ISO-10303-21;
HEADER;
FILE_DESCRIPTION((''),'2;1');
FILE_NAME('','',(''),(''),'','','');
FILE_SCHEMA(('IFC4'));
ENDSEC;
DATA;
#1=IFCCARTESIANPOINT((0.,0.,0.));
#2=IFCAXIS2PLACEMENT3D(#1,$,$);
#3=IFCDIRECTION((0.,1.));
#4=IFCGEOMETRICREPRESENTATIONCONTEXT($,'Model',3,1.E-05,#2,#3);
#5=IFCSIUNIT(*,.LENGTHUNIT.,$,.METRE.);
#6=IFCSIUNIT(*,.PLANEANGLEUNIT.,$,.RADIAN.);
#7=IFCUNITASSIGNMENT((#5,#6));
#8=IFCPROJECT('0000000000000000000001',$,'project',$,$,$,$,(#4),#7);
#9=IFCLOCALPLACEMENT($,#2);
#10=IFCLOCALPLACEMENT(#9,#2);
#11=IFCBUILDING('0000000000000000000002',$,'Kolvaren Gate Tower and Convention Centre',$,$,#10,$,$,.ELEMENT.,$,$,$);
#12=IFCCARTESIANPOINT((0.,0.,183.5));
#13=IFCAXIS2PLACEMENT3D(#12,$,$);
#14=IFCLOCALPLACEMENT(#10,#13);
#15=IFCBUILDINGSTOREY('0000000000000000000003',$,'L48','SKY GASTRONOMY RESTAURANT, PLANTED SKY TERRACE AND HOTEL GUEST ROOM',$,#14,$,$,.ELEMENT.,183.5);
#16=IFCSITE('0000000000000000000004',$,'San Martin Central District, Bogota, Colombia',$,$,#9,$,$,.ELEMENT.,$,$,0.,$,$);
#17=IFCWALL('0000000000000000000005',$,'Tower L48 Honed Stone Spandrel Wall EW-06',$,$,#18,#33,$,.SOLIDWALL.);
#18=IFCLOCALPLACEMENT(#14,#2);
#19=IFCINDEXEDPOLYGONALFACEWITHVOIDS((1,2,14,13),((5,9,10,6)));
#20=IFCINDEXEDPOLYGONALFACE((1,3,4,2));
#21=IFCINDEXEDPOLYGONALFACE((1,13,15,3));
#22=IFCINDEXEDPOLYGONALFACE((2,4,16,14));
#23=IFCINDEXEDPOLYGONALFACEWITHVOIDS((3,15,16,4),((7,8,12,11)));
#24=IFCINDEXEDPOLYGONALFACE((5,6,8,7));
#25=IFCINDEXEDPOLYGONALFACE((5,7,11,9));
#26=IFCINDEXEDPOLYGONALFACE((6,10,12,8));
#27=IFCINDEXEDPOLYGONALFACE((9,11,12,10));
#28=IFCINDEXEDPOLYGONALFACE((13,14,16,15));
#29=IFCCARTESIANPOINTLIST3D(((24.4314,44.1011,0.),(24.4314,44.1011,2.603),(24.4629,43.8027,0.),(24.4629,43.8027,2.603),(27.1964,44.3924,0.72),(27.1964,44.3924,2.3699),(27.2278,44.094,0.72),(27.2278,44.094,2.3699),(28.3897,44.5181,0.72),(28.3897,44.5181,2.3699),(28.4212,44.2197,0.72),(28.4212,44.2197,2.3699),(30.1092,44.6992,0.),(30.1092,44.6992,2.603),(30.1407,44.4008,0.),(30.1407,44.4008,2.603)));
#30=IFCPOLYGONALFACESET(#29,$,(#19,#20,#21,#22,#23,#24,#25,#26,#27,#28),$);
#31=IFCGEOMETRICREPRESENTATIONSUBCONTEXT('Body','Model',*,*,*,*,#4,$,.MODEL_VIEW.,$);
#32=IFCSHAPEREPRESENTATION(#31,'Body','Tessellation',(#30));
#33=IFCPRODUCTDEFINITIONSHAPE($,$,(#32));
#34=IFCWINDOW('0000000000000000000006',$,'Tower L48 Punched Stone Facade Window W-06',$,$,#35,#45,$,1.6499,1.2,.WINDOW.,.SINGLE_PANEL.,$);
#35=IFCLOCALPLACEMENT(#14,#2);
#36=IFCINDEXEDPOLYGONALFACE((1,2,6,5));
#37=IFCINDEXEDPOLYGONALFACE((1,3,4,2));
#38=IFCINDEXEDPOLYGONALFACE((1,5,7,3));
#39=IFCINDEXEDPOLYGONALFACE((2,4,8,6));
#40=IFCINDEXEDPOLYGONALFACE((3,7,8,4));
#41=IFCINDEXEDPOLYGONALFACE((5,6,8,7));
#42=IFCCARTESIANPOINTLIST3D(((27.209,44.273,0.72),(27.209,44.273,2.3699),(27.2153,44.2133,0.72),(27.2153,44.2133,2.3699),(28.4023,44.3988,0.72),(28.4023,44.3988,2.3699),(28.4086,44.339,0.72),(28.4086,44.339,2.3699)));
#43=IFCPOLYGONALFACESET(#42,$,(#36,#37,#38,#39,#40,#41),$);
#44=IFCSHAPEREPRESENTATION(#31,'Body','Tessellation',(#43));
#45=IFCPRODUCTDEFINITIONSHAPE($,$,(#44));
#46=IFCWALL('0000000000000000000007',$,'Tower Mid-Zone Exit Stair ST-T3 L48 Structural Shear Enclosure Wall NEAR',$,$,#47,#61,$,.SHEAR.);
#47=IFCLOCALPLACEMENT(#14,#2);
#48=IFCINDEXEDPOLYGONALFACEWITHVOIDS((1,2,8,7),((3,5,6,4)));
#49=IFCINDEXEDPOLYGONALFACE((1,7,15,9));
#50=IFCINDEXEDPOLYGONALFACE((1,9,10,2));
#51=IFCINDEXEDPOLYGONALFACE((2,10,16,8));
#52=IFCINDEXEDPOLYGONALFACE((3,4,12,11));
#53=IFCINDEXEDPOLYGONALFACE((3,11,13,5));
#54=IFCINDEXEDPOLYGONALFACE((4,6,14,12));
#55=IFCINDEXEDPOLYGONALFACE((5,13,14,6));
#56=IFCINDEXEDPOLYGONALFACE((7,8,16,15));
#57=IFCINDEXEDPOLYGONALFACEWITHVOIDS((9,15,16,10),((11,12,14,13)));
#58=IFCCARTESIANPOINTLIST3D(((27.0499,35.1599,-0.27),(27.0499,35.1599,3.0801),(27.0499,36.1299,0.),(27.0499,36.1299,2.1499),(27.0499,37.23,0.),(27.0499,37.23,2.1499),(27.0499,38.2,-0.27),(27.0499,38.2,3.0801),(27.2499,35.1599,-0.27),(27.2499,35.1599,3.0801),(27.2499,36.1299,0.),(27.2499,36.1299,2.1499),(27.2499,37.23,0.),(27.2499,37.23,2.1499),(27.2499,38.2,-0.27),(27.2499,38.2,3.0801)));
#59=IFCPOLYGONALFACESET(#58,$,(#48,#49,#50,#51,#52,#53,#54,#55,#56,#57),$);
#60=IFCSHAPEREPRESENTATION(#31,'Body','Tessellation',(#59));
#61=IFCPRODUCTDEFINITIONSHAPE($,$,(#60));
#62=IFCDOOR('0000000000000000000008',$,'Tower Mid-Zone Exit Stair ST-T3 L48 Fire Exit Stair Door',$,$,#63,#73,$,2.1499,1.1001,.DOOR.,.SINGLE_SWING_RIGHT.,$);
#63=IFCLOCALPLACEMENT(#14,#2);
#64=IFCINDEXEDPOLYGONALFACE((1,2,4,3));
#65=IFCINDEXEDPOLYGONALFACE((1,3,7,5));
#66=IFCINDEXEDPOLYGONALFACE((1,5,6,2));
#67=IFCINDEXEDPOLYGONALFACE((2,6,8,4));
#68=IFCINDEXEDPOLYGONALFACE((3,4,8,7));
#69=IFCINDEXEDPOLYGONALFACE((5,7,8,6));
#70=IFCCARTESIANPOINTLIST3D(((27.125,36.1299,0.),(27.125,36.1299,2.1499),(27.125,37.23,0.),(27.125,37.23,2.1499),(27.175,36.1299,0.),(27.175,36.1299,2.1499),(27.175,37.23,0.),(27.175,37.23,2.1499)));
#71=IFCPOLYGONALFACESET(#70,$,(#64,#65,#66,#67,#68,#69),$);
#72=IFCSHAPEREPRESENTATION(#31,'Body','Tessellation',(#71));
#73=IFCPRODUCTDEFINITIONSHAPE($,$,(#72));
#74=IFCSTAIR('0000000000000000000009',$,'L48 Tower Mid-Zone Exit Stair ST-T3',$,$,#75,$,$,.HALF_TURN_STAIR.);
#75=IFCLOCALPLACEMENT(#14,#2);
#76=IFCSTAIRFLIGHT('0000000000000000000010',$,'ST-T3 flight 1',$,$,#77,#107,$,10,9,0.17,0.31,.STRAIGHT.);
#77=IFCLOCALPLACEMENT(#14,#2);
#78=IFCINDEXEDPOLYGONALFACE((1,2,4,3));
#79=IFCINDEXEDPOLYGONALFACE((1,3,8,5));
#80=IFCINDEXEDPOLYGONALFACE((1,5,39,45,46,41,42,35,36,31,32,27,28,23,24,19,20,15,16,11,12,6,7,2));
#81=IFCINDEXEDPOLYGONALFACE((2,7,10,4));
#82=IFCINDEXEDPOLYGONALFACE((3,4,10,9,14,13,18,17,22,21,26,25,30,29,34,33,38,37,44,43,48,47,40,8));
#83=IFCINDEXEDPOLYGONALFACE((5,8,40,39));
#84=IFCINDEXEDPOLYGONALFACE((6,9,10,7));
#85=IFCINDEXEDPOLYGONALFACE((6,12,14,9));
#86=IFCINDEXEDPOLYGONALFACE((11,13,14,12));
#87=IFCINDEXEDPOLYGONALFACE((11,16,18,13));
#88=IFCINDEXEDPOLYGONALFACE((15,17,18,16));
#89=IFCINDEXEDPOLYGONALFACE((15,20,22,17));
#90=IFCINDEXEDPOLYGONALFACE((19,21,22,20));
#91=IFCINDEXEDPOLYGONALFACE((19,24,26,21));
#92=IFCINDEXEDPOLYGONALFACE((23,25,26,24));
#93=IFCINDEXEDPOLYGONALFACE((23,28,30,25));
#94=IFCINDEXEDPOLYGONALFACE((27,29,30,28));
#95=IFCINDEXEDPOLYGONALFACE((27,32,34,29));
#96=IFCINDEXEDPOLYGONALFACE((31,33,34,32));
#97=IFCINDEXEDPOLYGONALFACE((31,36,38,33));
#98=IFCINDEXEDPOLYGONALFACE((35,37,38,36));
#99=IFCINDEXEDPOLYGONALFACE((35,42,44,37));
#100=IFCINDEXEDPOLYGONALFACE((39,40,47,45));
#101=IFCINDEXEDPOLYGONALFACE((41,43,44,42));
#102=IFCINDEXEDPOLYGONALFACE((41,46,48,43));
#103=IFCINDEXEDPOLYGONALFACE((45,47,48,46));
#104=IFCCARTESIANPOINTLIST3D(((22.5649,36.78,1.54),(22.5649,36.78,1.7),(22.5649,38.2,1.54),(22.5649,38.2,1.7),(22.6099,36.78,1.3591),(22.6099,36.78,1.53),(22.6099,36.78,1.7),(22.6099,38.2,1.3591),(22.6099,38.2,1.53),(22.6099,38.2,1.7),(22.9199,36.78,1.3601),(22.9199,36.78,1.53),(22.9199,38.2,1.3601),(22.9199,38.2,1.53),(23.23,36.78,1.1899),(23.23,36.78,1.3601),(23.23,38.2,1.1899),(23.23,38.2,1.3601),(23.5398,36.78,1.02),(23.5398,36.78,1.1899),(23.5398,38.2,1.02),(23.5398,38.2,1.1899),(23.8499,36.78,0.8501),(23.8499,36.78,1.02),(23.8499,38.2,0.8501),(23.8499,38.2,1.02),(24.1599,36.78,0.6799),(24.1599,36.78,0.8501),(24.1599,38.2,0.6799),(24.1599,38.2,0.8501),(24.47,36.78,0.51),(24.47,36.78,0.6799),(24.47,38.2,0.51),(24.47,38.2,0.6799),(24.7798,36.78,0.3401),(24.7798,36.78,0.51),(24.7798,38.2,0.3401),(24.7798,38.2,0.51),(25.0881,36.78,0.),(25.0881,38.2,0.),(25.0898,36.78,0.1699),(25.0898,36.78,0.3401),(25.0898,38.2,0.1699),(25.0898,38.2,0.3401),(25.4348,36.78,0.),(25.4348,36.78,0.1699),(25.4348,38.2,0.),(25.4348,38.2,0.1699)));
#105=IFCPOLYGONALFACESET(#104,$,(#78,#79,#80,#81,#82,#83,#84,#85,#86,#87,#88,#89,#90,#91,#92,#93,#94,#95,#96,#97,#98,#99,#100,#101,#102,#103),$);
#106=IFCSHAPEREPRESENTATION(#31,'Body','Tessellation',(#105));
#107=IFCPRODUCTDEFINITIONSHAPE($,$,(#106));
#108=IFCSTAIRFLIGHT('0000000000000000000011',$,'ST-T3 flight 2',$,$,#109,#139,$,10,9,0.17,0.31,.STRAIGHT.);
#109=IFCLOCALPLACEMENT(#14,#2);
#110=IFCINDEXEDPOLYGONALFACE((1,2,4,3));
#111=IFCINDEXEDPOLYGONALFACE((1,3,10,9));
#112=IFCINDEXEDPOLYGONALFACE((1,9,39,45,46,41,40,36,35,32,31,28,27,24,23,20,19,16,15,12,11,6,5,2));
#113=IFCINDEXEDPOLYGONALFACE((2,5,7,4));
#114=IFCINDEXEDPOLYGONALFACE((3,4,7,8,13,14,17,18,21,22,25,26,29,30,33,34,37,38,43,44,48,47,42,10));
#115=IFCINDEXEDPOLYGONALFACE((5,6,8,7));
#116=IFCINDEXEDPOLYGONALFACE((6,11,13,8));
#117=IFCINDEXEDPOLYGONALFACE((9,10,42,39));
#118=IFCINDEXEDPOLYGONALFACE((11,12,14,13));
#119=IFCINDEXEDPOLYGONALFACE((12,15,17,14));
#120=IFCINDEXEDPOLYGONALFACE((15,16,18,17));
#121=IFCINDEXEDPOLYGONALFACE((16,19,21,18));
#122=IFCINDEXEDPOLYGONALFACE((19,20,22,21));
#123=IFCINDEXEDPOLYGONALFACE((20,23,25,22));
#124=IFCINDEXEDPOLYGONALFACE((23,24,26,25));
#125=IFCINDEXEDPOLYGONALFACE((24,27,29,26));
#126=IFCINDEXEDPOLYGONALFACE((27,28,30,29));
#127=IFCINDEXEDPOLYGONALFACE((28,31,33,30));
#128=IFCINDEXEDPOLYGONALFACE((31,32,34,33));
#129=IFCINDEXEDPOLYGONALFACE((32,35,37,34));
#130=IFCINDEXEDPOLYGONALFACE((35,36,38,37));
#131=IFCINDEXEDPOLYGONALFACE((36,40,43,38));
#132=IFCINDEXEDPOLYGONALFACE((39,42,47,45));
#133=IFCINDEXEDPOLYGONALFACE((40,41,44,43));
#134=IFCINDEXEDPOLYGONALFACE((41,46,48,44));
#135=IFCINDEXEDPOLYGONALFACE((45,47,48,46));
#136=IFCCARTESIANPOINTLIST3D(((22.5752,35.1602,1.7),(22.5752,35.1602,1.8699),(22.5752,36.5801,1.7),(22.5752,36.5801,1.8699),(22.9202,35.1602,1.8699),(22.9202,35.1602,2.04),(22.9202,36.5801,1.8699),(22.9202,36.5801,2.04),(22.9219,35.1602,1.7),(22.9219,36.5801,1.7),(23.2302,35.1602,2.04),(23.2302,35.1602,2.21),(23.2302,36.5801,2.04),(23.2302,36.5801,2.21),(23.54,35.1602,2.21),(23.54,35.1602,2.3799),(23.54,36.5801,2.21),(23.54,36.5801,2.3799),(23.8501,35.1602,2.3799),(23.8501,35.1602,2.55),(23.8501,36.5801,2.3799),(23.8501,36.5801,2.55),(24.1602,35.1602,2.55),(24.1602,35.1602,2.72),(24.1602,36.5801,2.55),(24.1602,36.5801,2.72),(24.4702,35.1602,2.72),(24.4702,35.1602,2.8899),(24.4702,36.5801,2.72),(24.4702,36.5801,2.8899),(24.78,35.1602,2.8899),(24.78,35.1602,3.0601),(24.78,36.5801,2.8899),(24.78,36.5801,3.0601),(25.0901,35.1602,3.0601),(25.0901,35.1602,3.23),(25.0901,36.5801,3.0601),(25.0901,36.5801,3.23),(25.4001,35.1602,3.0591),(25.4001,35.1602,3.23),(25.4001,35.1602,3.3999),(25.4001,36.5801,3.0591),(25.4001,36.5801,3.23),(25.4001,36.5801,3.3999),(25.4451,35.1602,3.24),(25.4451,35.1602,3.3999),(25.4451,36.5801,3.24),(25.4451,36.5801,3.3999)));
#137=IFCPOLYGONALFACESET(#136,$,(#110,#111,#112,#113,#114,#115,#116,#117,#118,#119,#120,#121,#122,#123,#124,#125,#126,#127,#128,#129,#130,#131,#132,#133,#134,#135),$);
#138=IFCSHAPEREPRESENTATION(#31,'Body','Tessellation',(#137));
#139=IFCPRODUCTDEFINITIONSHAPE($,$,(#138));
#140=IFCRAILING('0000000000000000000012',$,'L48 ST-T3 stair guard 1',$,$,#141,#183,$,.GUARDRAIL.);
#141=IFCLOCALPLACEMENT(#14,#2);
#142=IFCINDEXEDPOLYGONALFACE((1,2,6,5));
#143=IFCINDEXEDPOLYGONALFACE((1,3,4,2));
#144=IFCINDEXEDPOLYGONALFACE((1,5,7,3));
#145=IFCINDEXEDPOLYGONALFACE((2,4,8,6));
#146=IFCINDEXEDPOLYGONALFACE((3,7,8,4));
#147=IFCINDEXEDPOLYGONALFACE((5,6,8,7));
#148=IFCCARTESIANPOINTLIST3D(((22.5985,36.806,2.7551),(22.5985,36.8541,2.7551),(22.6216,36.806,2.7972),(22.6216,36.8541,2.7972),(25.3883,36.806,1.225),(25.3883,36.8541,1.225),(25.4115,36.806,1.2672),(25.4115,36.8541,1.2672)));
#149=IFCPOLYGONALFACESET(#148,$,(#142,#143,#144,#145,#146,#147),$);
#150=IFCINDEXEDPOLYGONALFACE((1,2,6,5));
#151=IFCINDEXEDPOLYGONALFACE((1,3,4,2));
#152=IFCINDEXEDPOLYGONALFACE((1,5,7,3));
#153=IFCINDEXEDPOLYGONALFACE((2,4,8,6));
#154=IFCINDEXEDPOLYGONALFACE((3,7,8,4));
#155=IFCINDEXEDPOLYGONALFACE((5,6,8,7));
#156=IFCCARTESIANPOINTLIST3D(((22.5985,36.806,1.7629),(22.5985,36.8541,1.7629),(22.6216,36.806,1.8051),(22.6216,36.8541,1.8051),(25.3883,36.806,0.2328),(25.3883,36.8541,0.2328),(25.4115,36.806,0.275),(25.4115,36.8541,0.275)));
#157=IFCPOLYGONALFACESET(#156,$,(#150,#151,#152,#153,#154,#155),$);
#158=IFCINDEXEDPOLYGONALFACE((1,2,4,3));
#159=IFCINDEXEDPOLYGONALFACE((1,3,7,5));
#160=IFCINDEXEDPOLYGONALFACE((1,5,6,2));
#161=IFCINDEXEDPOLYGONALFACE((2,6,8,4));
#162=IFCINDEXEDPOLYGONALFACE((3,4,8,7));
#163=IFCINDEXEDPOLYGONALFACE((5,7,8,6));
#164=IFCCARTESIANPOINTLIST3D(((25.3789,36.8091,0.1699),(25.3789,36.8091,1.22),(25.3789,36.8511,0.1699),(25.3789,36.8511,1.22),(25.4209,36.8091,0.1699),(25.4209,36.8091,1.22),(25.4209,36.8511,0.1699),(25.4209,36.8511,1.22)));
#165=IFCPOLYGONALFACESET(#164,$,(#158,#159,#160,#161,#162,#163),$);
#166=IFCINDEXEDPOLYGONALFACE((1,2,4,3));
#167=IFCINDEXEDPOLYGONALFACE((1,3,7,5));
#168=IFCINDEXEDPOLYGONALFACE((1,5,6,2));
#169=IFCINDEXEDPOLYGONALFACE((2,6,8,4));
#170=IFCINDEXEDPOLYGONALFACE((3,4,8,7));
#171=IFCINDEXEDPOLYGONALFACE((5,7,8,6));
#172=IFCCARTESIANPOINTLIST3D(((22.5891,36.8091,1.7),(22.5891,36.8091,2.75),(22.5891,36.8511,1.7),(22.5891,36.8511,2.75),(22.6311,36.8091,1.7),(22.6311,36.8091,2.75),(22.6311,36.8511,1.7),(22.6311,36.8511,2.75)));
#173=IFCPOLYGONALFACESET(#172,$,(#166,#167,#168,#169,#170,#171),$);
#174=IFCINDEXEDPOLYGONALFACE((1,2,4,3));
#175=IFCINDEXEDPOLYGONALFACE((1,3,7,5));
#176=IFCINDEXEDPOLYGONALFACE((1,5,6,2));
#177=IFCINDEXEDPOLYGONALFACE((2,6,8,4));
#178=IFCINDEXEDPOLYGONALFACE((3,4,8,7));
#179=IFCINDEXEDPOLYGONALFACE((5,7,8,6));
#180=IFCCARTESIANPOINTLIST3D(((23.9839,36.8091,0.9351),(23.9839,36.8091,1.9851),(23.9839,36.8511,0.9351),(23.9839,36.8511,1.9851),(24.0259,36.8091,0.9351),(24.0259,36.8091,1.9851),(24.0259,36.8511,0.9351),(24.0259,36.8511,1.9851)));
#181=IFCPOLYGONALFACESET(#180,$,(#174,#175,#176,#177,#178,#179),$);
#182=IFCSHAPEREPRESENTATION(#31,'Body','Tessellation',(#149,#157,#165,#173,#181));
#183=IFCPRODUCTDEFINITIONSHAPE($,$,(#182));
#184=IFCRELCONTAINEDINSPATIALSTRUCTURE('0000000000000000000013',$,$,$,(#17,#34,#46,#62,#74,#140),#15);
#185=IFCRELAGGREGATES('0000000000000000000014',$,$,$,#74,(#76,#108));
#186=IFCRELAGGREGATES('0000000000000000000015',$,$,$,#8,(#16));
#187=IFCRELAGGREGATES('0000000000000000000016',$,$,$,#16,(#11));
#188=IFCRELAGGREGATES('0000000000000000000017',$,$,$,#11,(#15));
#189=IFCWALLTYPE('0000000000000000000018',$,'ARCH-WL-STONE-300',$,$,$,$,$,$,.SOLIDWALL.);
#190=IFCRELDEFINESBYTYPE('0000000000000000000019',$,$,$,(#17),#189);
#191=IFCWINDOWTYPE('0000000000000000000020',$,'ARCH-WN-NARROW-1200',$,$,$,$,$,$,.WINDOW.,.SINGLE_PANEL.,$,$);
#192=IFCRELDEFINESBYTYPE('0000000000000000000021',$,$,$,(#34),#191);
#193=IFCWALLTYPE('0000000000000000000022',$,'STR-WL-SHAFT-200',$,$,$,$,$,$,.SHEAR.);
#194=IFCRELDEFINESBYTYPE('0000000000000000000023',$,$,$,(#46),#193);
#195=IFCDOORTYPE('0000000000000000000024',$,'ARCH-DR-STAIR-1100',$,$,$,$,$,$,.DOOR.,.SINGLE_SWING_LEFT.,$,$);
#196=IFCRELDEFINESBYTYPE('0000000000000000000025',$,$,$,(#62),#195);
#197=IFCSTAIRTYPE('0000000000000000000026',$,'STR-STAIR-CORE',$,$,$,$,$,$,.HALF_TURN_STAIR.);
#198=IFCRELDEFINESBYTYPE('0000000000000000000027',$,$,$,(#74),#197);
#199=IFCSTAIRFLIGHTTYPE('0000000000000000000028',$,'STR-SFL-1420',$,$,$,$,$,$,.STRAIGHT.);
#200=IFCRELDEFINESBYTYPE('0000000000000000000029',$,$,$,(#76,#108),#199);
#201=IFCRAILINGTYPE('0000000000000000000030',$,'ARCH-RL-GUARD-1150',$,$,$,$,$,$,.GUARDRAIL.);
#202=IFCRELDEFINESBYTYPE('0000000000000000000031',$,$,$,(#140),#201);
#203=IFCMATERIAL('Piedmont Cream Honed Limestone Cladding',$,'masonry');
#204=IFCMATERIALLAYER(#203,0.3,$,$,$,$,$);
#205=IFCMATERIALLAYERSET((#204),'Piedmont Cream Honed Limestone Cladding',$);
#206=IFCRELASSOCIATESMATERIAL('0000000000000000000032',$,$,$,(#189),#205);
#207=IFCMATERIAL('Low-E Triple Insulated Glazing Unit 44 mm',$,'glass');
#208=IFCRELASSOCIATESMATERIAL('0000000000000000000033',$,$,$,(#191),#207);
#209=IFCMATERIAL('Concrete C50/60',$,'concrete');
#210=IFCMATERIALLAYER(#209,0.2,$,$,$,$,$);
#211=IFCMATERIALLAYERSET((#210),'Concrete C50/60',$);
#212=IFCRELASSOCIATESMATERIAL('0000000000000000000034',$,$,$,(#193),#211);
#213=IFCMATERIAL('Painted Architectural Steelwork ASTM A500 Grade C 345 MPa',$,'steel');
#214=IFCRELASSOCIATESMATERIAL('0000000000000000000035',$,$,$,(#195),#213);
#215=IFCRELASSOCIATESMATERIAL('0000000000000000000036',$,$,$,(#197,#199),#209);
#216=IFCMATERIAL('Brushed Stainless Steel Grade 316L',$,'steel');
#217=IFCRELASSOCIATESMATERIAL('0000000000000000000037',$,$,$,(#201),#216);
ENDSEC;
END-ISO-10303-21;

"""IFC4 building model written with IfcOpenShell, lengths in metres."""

from ifc_helpers import new_model, si_unit, direction, frame, frame_2d, origin, origin_2d, place, context, subcontext, project, spatial, polyline, rectangle, outline, extrude, material, layer, layer_set, type_object, element, fill, aggregate, save


model = new_model("IFC4")

# Units and contexts
model_context = context("Model", 3, precision=1e-05, world=origin(), true_north=direction((0.0, 1.0)))
body_context = subcontext(model_context, "Body", "Model", "MODEL_VIEW")
ifc_project = project(units=[si_unit("LENGTHUNIT", "METRE"), si_unit("PLANEANGLEUNIT", "RADIAN")], contexts=[model_context])

# Site, building, storey
site_placement = place(None, origin())
site = spatial("IfcSite", under=ifc_project, at=site_placement, Name="San Martin Central District, Bogota, Colombia", CompositionType="ELEMENT", RefElevation=0.0)
building_placement = place(site_placement, origin())
building = spatial("IfcBuilding", under=site, at=building_placement, Name="Kolvaren Gate Tower and Convention Centre", CompositionType="ELEMENT")
storey_placement = place(building_placement, frame((0.0, 0.0, 183.5)))
storey = spatial("IfcBuildingStorey", under=building, at=storey_placement, Name="L48", Description="SKY GASTRONOMY RESTAURANT, PLANTED SKY TERRACE AND HOTEL GUEST ROOM", CompositionType="ELEMENT", Elevation=183.5)

# Shared definitions
ifc_material_1 = material(Name="Painted Architectural Steelwork ASTM A500 Grade C 345 MPa", Category="steel")

# Wall, opening, window
ifc_material_2 = material(Name="Piedmont Cream Honed Limestone Cladding", Category="masonry")
ifc_layer_1 = layer(ifc_material_2, 0.3)
ifc_layer_set_1 = layer_set([ifc_layer_1], Name="Piedmont Cream Honed Limestone Cladding")
wall_type_1 = type_object("IfcWallType", Name="ARCH-WL-STONE-300", PredefinedType="SOLIDWALL", material=ifc_layer_set_1)
wall_1_placement = place(storey_placement, frame((24.4473, 43.9519, 0.0), z_axis=(0.0, 0.0, 1.0), x_axis=(0.994497, 0.104769, 0.0)))
wall_1 = element("IfcWall", 1, at=wall_1_placement, inside=storey, type_object=wall_type_1, Name="Tower L48 Honed Stone Spandrel Wall EW-06", PredefinedType="SOLIDWALL", context=body_context, shape_type="SweptSolid", body=[
    extrude(rectangle(XDim=5.7092, YDim=0.3, at=frame_2d((2.8545, 0.0))), origin(), (0.0, 0.0, 1.0), 2.603),
])
opening_1_placement = place(wall_1_placement, frame((2.78, 0.0, 0.72)))
opening_1 = element("IfcOpeningElement", 2, at=opening_1_placement, cuts=wall_1, PredefinedType="OPENING", context=body_context, shape_type="SweptSolid", body=[
    extrude(rectangle(XDim=1.2, YDim=1.6499, at=frame_2d((0.6001, 0.825))), frame((0.0, 0.1599, 0.0), z_axis=(0.0, -1.0, 0.0), x_axis=(1.0, 0.0, 0.0)), (0.0, 0.0, 1.0), 0.3201),
])
ifc_material_3 = material(Name="Low-E Triple Insulated Glazing Unit 44 mm", Category="glass")
window_type = type_object("IfcWindowType", Name="ARCH-WN-NARROW-1200", PartitioningType="SINGLE_PANEL", PredefinedType="WINDOW", material=ifc_material_3)
window_placement = place(opening_1_placement, origin())
window = element("IfcWindow", 3, at=window_placement, inside=storey, type_object=window_type, Name="Tower L48 Punched Stone Facade Window W-06", OverallHeight=1.6499, OverallWidth=1.2, PartitioningType="SINGLE_PANEL", PredefinedType="WINDOW", context=body_context, shape_type="SweptSolid", body=[
    extrude(rectangle(XDim=1.2, YDim=1.6499, at=frame_2d((0.6001, 0.825))), frame((0.0, 0.03, 0.0), z_axis=(0.0, -1.0, 0.0), x_axis=(1.0, 0.0, 0.0)), (0.0, 0.0, 1.0), 0.0601),
])
fill(opening_1, window)

# Wall, opening, door
ifc_material_4 = material(Name="Concrete C50/60", Category="concrete")
ifc_layer_2 = layer(ifc_material_4, 0.2)
ifc_layer_set_2 = layer_set([ifc_layer_2], Name="Concrete C50/60")
wall_type_2 = type_object("IfcWallType", Name="STR-WL-SHAFT-200", PredefinedType="SHEAR", material=ifc_layer_set_2)
wall_2_placement = place(storey_placement, frame((27.1499, 35.1599, -0.27), z_axis=(0.0, 0.0, 1.0), x_axis=(0.0, 1.0, 0.0)))
wall_2 = element("IfcWall", 4, at=wall_2_placement, inside=storey, type_object=wall_type_2, Name="Tower Mid-Zone Exit Stair ST-T3 L48 Structural Shear Enclosure Wall NEAR", PredefinedType="SHEAR", context=body_context, shape_type="SweptSolid", body=[
    extrude(rectangle(XDim=3.04, YDim=0.2, at=frame_2d((1.52, 0.0))), origin(), (0.0, 0.0, 1.0), 3.3501),
])
opening_2_placement = place(wall_2_placement, frame((0.97, 0.0, 0.27)))
opening_2 = element("IfcOpeningElement", 5, at=opening_2_placement, cuts=wall_2, PredefinedType="OPENING", context=body_context, shape_type="SweptSolid", body=[
    extrude(rectangle(XDim=1.1001, YDim=2.1499, at=frame_2d((0.55, 1.075))), frame((0.0, 0.1099, 0.0), z_axis=(0.0, -1.0, 0.0), x_axis=(1.0, 0.0, 0.0)), (0.0, 0.0, 1.0), 0.22),
])
door_type_1 = type_object("IfcDoorType", Name="ARCH-DR-STAIR-1100", OperationType="SINGLE_SWING_LEFT", PredefinedType="DOOR", material=ifc_material_1)
door_1_placement = place(opening_2_placement, origin())
door_1 = element("IfcDoor", 6, at=door_1_placement, inside=storey, type_object=door_type_1, Name="Tower Mid-Zone Exit Stair ST-T3 L48 Fire Exit Stair Door", OperationType="SINGLE_SWING_RIGHT", OverallHeight=2.1499, OverallWidth=1.1001, PredefinedType="DOOR", context=body_context, shape_type="SweptSolid", body=[
    extrude(rectangle(XDim=1.1001, YDim=2.1499, at=frame_2d((0.55, 1.075))), frame((0.0, 0.0249, 0.0), z_axis=(0.0, -1.0, 0.0), x_axis=(1.0, 0.0, 0.0)), (0.0, 0.0, 1.0), 0.05),
])
fill(opening_2, door_1)

# Stair, stair flights
stair_type = type_object("IfcStairType", Name="STR-STAIR-CORE", PredefinedType="HALF_TURN_STAIR", material=ifc_material_4)
stair_placement = place(storey_placement, origin())
stair = element("IfcStair", 7, at=stair_placement, inside=storey, type_object=stair_type, Name="L48 Tower Mid-Zone Exit Stair ST-T3", PredefinedType="HALF_TURN_STAIR")
stair_flight_type = type_object("IfcStairFlightType", Name="STR-SFL-1420", PredefinedType="STRAIGHT", material=ifc_material_4)
stair_flight_1_placement = place(storey_placement, frame((25.3999, 37.49, 0.0), z_axis=(0.0, 0.0, 1.0), x_axis=(-1.0, 0.0, 0.0)))
stair_flight_1 = element("IfcStairFlight", 8, at=stair_flight_1_placement, type_object=stair_flight_type, Name="ST-T3 flight 1", NumberOfRisers=10, NumberOfTreads=9, PredefinedType="STRAIGHT", RiserHeight=0.17, TreadLength=0.31, context=body_context, shape_type="SweptSolid", body=[
    extrude(outline(polyline([(-0.0349, 0.0), (-0.0349, 0.1699), (0.3101, 0.1699), (0.3101, 0.3401), (0.6201, 0.3401), (0.6201, 0.51), (0.9299, 0.51), (0.9299, 0.6799), (1.24, 0.6799), (1.24, 0.8501), (1.55, 0.8501), (1.55, 1.02), (1.8601, 1.02), (1.8601, 1.1899), (2.1699, 1.1899), (2.1699, 1.3601), (2.48, 1.3601), (2.48, 1.53), (2.79, 1.53), (2.79, 1.7), (2.835, 1.7), (2.835, 1.54), (2.79, 1.3591), (0.3118, 0.0), (-0.0349, 0.0)])), frame((0.0, 0.71, 0.0), z_axis=(0.0, -1.0, 0.0), x_axis=(1.0, 0.0, 0.0)), (0.0, 0.0, 1.0), 1.4199),
])
stair_flight_2_placement = place(storey_placement, frame((22.6101, 35.8701, 1.7), z_axis=(0.0, 0.0, 1.0), x_axis=(1.0, 0.0, 0.0)))
stair_flight_2 = element("IfcStairFlight", 9, at=stair_flight_2_placement, type_object=stair_flight_type, Name="ST-T3 flight 2", NumberOfRisers=10, NumberOfTreads=9, PredefinedType="STRAIGHT", RiserHeight=0.17, TreadLength=0.31, context=body_context, shape_type="SweptSolid", body=[
    extrude(outline(polyline([(-0.0349, 0.0), (-0.0349, 0.1699), (0.3101, 0.1699), (0.3101, 0.3401), (0.6201, 0.3401), (0.6201, 0.51), (0.9299, 0.51), (0.9299, 0.6799), (1.24, 0.6799), (1.24, 0.8501), (1.55, 0.8501), (1.55, 1.02), (1.8601, 1.02), (1.8601, 1.1899), (2.1699, 1.1899), (2.1699, 1.3601), (2.48, 1.3601), (2.48, 1.53), (2.79, 1.53), (2.79, 1.7), (2.835, 1.7), (2.835, 1.54), (2.79, 1.3591), (0.3118, 0.0), (-0.0349, 0.0)])), frame((0.0, 0.71, 0.0), z_axis=(0.0, -1.0, 0.0), x_axis=(1.0, 0.0, 0.0)), (0.0, 0.0, 1.0), 1.4199),
])
aggregate(stair, [stair_flight_1, stair_flight_2])

# Railing
ifc_material_5 = material(Name="Brushed Stainless Steel Grade 316L", Category="steel")
railing_type_1 = type_object("IfcRailingType", Name="ARCH-RL-GUARD-1150", PredefinedType="GUARDRAIL", material=ifc_material_5)
railing_1_placement = place(storey_placement, frame((25.3999, 36.8301, 0.1699)))
element("IfcRailing", 10, at=railing_1_placement, inside=storey, type_object=railing_type_1, Name="L48 ST-T3 stair guard 1", PredefinedType="GUARDRAIL", context=body_context, shape_type="SweptSolid", body=[
    extrude(rectangle(XDim=0.0481, YDim=0.0481, at=origin_2d()), frame((0.0, 0.0, 1.0762), z_axis=(-0.876794, 0.0, 0.480867), x_axis=(0.0, -1.0, 0.0)), (0.0, 0.0, 1.0), 3.1819),
    extrude(rectangle(XDim=0.0481, YDim=0.0481, at=origin_2d()), frame((0.0, 0.0, 0.084), z_axis=(-0.876794, 0.0, 0.480867), x_axis=(0.0, -1.0, 0.0)), (0.0, 0.0, 1.0), 3.1819),
    extrude(rectangle(XDim=0.042, YDim=0.042, at=origin_2d()), origin(), (0.0, 0.0, 1.0), 1.05),
    extrude(rectangle(XDim=0.042, YDim=0.042, at=origin_2d()), frame((-2.7898, 0.0, 1.53)), (0.0, 0.0, 1.0), 1.05),
    extrude(rectangle(XDim=0.042, YDim=0.042, at=origin_2d()), frame((-1.395, 0.0, 0.7651)), (0.0, 0.0, 1.0), 1.05),
])

save(model, "model.ifc")
